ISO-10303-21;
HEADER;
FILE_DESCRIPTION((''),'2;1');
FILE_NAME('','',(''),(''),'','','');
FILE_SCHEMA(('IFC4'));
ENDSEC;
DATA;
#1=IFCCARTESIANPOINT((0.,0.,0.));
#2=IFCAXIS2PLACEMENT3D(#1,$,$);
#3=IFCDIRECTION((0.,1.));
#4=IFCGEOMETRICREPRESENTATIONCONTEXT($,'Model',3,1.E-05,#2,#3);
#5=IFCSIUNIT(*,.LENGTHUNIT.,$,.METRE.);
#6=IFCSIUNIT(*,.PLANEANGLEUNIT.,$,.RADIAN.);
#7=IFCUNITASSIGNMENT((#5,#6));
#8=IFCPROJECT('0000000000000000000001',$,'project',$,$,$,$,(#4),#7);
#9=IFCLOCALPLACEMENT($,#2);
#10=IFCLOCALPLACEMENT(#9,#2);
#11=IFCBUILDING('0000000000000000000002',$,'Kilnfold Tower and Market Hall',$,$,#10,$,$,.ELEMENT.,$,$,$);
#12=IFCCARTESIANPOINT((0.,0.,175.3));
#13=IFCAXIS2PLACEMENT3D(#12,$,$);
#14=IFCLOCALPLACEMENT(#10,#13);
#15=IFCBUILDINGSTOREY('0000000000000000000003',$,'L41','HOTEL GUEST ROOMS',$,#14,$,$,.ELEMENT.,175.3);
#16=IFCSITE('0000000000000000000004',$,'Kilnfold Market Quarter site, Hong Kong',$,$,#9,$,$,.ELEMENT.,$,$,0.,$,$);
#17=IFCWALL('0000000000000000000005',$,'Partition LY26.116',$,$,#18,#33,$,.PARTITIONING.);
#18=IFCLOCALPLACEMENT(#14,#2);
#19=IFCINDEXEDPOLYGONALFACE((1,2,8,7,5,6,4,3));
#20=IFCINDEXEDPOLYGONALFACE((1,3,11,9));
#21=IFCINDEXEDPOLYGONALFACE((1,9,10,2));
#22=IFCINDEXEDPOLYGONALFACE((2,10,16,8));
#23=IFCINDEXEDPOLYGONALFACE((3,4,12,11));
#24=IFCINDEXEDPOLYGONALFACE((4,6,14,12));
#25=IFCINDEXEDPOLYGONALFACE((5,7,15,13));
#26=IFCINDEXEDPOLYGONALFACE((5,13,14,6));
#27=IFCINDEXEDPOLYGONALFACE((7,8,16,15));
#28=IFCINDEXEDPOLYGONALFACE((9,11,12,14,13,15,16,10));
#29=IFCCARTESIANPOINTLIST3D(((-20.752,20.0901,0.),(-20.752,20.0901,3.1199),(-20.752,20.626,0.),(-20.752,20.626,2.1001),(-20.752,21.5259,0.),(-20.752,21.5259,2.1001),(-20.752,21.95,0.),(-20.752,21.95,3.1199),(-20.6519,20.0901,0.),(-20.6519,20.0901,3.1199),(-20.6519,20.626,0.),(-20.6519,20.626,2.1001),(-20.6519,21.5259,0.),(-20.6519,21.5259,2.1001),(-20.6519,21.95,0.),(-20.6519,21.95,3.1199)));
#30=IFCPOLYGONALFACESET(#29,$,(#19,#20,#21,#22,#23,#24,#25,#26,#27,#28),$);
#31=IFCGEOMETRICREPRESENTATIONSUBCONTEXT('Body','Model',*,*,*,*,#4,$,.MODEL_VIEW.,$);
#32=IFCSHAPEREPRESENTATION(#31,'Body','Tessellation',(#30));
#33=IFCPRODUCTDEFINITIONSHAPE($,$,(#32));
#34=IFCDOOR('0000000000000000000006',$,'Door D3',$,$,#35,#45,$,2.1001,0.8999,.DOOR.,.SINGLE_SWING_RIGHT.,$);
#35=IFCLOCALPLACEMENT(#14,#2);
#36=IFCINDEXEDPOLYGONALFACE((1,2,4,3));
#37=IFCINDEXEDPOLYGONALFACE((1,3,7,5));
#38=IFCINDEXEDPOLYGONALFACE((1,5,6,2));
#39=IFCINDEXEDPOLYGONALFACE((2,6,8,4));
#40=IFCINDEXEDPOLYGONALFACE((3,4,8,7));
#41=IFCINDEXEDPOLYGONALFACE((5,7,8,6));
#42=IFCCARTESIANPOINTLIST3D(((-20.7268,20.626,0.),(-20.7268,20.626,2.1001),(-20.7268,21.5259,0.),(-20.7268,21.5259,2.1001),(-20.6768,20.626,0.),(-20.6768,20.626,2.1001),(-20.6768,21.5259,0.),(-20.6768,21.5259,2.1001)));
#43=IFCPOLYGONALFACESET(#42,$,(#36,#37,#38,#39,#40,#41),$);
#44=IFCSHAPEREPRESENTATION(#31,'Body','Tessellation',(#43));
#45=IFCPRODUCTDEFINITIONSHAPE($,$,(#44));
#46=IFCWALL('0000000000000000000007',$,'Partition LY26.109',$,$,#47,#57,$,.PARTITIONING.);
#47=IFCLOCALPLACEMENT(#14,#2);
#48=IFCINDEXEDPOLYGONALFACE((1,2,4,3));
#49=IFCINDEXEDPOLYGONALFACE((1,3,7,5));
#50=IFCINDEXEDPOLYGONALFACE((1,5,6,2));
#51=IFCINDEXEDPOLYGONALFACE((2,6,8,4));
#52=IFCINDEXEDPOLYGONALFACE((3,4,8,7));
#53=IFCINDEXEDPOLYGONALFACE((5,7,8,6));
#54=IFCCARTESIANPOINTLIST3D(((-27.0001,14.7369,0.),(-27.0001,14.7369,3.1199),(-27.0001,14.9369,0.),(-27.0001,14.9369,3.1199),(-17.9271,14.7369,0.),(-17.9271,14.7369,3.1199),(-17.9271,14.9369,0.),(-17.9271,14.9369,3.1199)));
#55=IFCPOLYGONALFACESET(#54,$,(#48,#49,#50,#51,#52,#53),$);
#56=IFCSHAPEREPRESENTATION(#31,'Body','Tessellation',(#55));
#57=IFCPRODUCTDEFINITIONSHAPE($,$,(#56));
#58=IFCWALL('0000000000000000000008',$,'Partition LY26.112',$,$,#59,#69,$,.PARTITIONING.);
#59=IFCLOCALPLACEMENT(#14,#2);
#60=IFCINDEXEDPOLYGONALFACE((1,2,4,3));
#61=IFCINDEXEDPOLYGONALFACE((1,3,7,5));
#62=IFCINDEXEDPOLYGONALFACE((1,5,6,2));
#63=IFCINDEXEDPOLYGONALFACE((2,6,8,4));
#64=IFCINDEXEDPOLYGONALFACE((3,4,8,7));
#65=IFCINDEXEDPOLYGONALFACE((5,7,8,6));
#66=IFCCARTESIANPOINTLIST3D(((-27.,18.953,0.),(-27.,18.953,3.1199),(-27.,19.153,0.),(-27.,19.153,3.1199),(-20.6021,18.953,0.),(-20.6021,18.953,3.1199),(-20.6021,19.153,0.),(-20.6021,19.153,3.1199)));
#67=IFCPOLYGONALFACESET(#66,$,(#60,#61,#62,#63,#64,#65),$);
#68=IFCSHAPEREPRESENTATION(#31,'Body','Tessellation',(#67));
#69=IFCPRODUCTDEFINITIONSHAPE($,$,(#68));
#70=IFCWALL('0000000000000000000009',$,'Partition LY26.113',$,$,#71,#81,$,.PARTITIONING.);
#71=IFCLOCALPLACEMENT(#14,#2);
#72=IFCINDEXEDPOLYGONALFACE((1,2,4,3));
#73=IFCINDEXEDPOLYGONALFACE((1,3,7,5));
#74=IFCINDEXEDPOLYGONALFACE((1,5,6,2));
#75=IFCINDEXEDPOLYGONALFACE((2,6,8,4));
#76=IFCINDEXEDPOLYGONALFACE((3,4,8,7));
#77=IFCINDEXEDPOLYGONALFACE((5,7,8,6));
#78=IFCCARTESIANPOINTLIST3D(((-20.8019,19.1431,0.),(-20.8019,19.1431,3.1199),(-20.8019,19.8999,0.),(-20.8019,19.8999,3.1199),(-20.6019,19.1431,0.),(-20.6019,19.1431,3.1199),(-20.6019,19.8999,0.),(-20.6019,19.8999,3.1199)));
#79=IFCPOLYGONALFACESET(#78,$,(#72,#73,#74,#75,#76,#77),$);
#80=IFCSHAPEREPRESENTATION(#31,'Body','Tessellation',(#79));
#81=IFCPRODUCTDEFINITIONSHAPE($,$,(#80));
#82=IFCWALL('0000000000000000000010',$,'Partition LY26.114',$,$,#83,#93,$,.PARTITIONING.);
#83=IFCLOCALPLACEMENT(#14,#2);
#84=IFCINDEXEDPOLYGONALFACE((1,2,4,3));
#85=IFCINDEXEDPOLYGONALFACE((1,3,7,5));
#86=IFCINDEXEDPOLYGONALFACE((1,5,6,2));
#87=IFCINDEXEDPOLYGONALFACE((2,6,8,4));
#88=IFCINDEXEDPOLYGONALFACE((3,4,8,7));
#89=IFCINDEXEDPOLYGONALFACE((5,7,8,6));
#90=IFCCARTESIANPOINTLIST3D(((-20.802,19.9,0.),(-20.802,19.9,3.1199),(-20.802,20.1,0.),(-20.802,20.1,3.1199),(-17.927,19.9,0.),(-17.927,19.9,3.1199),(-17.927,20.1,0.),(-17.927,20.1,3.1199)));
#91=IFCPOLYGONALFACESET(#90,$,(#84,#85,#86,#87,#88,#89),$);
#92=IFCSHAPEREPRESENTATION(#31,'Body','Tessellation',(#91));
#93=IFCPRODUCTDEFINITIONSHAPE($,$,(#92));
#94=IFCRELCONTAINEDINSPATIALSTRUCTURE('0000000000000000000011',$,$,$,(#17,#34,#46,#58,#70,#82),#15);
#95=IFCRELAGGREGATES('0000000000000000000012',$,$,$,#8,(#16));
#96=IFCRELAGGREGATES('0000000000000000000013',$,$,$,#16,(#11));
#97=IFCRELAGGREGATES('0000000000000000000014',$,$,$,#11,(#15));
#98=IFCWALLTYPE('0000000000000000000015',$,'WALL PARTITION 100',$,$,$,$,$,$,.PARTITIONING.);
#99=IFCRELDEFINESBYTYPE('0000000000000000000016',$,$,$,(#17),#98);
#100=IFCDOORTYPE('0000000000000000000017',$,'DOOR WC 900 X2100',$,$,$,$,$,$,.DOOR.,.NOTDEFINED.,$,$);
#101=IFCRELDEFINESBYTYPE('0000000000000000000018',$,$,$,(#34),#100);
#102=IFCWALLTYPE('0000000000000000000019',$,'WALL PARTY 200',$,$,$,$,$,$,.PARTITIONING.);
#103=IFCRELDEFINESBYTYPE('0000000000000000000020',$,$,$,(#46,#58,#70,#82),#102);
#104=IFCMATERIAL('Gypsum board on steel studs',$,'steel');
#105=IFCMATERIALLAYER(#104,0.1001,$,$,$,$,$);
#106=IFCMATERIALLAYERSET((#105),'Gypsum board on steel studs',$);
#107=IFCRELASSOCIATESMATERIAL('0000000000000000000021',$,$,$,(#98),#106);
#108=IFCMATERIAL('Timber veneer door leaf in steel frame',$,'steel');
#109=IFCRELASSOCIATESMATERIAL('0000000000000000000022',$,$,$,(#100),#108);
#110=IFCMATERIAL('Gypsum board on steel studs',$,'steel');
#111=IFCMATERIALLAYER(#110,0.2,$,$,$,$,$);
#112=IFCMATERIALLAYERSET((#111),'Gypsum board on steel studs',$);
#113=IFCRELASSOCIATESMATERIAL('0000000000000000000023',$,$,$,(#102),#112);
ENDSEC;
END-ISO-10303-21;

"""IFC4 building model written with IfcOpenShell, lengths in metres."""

from ifc_helpers import new_model, si_unit, direction, frame, frame_2d, origin, place, context, subcontext, project, spatial, rectangle, extrude, material, layer, layer_set, type_object, element, fill, save


model = new_model("IFC4")

# Units and contexts
model_context = context("Model", 3, precision=1e-05, world=origin(), true_north=direction((0.0, 1.0)))
body_context = subcontext(model_context, "Body", "Model", "MODEL_VIEW")
ifc_project = project(units=[si_unit("LENGTHUNIT", "METRE"), si_unit("PLANEANGLEUNIT", "RADIAN")], contexts=[model_context])

# Site, building, storey
site_placement = place(None, origin())
site = spatial("IfcSite", under=ifc_project, at=site_placement, Name="Kilnfold Market Quarter site, Hong Kong", CompositionType="ELEMENT", RefElevation=0.0)
building_placement = place(site_placement, origin())
building = spatial("IfcBuilding", under=site, at=building_placement, Name="Kilnfold Tower and Market Hall", CompositionType="ELEMENT")
storey_placement = place(building_placement, frame((0.0, 0.0, 175.3)))
storey = spatial("IfcBuildingStorey", under=building, at=storey_placement, Name="L41", Description="HOTEL GUEST ROOMS", CompositionType="ELEMENT", Elevation=175.3)

# Shared definitions
ifc_material_1 = material(Name="Gypsum board on steel studs", Category="steel")
ifc_layer_1 = layer(ifc_material_1, 0.1001)
ifc_layer_set_1 = layer_set([ifc_layer_1], Name="Gypsum board on steel studs")
wall_type_1 = type_object("IfcWallType", Name="WALL PARTITION 100", PredefinedType="PARTITIONING", material=ifc_layer_set_1)
ifc_material_2 = material(Name="Timber veneer door leaf in steel frame", Category="steel")
door_type_1 = type_object("IfcDoorType", Name="DOOR WC 900 X2100", OperationType="NOTDEFINED", PredefinedType="DOOR", material=ifc_material_2)

# Wall, opening, door
wall_1_placement = place(storey_placement, frame((-20.7019, 20.0901, 0.0), z_axis=(0.0, 0.0, 1.0), x_axis=(0.0, 1.0, 0.0)))
wall_1 = element("IfcWall", 1, at=wall_1_placement, inside=storey, type_object=wall_type_1, Name="Partition LY26.116", PredefinedType="PARTITIONING", context=body_context, shape_type="SweptSolid", body=[
    extrude(rectangle(XDim=1.8599, YDim=0.1001, at=frame_2d((0.9299, 0.0))), origin(), (0.0, 0.0, 1.0), 3.1199),
])
opening_1_placement = place(wall_1_placement, frame((0.5359, 0.0, 0.0)))
opening_1 = element("IfcOpeningElement", 2, at=opening_1_placement, cuts=wall_1, PredefinedType="OPENING", context=body_context, shape_type="SweptSolid", body=[
    extrude(rectangle(XDim=0.8999, YDim=2.1001, at=frame_2d((0.45, 1.05))), frame((0.0, 0.0601, 0.0), z_axis=(0.0, -1.0, 0.0), x_axis=(1.0, 0.0, 0.0)), (0.0, 0.0, 1.0), 0.1201),
])
door_1_placement = place(opening_1_placement, origin())
door_1 = element("IfcDoor", 3, at=door_1_placement, inside=storey, type_object=door_type_1, Name="Door D3", OperationType="SINGLE_SWING_RIGHT", OverallHeight=2.1001, OverallWidth=0.8999, PredefinedType="DOOR", context=body_context, shape_type="SweptSolid", body=[
    extrude(rectangle(XDim=0.8999, YDim=2.1001, at=frame_2d((0.45, 1.05))), frame((0.0, 0.0249, 0.0), z_axis=(0.0, -1.0, 0.0), x_axis=(1.0, 0.0, 0.0)), (0.0, 0.0, 1.0), 0.05),
])
fill(opening_1, door_1)

# Walls
ifc_material_3 = material(Name="Gypsum board on steel studs", Category="steel")
ifc_layer_2 = layer(ifc_material_3, 0.2)
ifc_layer_set_2 = layer_set([ifc_layer_2], Name="Gypsum board on steel studs")
wall_type_2 = type_object("IfcWallType", Name="WALL PARTY 200", PredefinedType="PARTITIONING", material=ifc_layer_set_2)
wall_2_placement = place(storey_placement, frame((-17.927, 14.8369, 0.0), z_axis=(0.0, 0.0, 1.0), x_axis=(-1.0, 0.0, 0.0)))
element("IfcWall", 4, at=wall_2_placement, inside=storey, type_object=wall_type_2, Name="Partition LY26.109", PredefinedType="PARTITIONING", context=body_context, shape_type="SweptSolid", body=[
    extrude(rectangle(XDim=9.073, YDim=0.2, at=frame_2d((4.5366, 0.0))), origin(), (0.0, 0.0, 1.0), 3.1199),
])
wall_3_placement = place(storey_placement, frame((-20.6021, 19.053, 0.0), z_axis=(0.0, 0.0, 1.0), x_axis=(-1.0, 0.0, 0.0)))
element("IfcWall", 5, at=wall_3_placement, inside=storey, type_object=wall_type_2, Name="Partition LY26.112", PredefinedType="PARTITIONING", context=body_context, shape_type="SweptSolid", body=[
    extrude(rectangle(XDim=6.3979, YDim=0.2, at=frame_2d((3.199, 0.0))), origin(), (0.0, 0.0, 1.0), 3.1199),
])
wall_4_placement = place(storey_placement, frame((-20.7019, 19.8999, 0.0), z_axis=(0.0, 0.0, 1.0), x_axis=(0.0, -1.0, 0.0)))
element("IfcWall", 6, at=wall_4_placement, inside=storey, type_object=wall_type_2, Name="Partition LY26.113", PredefinedType="PARTITIONING", context=body_context, shape_type="SweptSolid", body=[
    extrude(rectangle(XDim=0.7568, YDim=0.2, at=frame_2d((0.3784, 0.0))), origin(), (0.0, 0.0, 1.0), 3.1199),
])
wall_5_placement = place(storey_placement, frame((-17.927, 20.0, 0.0), z_axis=(0.0, 0.0, 1.0), x_axis=(-1.0, 0.0, 0.0)))
element("IfcWall", 7, at=wall_5_placement, inside=storey, type_object=wall_type_2, Name="Partition LY26.114", PredefinedType="PARTITIONING", context=body_context, shape_type="SweptSolid", body=[
    extrude(rectangle(XDim=2.875, YDim=0.2, at=frame_2d((1.4375, 0.0))), origin(), (0.0, 0.0, 1.0), 3.1199),
])

save(model, "model.ifc")
